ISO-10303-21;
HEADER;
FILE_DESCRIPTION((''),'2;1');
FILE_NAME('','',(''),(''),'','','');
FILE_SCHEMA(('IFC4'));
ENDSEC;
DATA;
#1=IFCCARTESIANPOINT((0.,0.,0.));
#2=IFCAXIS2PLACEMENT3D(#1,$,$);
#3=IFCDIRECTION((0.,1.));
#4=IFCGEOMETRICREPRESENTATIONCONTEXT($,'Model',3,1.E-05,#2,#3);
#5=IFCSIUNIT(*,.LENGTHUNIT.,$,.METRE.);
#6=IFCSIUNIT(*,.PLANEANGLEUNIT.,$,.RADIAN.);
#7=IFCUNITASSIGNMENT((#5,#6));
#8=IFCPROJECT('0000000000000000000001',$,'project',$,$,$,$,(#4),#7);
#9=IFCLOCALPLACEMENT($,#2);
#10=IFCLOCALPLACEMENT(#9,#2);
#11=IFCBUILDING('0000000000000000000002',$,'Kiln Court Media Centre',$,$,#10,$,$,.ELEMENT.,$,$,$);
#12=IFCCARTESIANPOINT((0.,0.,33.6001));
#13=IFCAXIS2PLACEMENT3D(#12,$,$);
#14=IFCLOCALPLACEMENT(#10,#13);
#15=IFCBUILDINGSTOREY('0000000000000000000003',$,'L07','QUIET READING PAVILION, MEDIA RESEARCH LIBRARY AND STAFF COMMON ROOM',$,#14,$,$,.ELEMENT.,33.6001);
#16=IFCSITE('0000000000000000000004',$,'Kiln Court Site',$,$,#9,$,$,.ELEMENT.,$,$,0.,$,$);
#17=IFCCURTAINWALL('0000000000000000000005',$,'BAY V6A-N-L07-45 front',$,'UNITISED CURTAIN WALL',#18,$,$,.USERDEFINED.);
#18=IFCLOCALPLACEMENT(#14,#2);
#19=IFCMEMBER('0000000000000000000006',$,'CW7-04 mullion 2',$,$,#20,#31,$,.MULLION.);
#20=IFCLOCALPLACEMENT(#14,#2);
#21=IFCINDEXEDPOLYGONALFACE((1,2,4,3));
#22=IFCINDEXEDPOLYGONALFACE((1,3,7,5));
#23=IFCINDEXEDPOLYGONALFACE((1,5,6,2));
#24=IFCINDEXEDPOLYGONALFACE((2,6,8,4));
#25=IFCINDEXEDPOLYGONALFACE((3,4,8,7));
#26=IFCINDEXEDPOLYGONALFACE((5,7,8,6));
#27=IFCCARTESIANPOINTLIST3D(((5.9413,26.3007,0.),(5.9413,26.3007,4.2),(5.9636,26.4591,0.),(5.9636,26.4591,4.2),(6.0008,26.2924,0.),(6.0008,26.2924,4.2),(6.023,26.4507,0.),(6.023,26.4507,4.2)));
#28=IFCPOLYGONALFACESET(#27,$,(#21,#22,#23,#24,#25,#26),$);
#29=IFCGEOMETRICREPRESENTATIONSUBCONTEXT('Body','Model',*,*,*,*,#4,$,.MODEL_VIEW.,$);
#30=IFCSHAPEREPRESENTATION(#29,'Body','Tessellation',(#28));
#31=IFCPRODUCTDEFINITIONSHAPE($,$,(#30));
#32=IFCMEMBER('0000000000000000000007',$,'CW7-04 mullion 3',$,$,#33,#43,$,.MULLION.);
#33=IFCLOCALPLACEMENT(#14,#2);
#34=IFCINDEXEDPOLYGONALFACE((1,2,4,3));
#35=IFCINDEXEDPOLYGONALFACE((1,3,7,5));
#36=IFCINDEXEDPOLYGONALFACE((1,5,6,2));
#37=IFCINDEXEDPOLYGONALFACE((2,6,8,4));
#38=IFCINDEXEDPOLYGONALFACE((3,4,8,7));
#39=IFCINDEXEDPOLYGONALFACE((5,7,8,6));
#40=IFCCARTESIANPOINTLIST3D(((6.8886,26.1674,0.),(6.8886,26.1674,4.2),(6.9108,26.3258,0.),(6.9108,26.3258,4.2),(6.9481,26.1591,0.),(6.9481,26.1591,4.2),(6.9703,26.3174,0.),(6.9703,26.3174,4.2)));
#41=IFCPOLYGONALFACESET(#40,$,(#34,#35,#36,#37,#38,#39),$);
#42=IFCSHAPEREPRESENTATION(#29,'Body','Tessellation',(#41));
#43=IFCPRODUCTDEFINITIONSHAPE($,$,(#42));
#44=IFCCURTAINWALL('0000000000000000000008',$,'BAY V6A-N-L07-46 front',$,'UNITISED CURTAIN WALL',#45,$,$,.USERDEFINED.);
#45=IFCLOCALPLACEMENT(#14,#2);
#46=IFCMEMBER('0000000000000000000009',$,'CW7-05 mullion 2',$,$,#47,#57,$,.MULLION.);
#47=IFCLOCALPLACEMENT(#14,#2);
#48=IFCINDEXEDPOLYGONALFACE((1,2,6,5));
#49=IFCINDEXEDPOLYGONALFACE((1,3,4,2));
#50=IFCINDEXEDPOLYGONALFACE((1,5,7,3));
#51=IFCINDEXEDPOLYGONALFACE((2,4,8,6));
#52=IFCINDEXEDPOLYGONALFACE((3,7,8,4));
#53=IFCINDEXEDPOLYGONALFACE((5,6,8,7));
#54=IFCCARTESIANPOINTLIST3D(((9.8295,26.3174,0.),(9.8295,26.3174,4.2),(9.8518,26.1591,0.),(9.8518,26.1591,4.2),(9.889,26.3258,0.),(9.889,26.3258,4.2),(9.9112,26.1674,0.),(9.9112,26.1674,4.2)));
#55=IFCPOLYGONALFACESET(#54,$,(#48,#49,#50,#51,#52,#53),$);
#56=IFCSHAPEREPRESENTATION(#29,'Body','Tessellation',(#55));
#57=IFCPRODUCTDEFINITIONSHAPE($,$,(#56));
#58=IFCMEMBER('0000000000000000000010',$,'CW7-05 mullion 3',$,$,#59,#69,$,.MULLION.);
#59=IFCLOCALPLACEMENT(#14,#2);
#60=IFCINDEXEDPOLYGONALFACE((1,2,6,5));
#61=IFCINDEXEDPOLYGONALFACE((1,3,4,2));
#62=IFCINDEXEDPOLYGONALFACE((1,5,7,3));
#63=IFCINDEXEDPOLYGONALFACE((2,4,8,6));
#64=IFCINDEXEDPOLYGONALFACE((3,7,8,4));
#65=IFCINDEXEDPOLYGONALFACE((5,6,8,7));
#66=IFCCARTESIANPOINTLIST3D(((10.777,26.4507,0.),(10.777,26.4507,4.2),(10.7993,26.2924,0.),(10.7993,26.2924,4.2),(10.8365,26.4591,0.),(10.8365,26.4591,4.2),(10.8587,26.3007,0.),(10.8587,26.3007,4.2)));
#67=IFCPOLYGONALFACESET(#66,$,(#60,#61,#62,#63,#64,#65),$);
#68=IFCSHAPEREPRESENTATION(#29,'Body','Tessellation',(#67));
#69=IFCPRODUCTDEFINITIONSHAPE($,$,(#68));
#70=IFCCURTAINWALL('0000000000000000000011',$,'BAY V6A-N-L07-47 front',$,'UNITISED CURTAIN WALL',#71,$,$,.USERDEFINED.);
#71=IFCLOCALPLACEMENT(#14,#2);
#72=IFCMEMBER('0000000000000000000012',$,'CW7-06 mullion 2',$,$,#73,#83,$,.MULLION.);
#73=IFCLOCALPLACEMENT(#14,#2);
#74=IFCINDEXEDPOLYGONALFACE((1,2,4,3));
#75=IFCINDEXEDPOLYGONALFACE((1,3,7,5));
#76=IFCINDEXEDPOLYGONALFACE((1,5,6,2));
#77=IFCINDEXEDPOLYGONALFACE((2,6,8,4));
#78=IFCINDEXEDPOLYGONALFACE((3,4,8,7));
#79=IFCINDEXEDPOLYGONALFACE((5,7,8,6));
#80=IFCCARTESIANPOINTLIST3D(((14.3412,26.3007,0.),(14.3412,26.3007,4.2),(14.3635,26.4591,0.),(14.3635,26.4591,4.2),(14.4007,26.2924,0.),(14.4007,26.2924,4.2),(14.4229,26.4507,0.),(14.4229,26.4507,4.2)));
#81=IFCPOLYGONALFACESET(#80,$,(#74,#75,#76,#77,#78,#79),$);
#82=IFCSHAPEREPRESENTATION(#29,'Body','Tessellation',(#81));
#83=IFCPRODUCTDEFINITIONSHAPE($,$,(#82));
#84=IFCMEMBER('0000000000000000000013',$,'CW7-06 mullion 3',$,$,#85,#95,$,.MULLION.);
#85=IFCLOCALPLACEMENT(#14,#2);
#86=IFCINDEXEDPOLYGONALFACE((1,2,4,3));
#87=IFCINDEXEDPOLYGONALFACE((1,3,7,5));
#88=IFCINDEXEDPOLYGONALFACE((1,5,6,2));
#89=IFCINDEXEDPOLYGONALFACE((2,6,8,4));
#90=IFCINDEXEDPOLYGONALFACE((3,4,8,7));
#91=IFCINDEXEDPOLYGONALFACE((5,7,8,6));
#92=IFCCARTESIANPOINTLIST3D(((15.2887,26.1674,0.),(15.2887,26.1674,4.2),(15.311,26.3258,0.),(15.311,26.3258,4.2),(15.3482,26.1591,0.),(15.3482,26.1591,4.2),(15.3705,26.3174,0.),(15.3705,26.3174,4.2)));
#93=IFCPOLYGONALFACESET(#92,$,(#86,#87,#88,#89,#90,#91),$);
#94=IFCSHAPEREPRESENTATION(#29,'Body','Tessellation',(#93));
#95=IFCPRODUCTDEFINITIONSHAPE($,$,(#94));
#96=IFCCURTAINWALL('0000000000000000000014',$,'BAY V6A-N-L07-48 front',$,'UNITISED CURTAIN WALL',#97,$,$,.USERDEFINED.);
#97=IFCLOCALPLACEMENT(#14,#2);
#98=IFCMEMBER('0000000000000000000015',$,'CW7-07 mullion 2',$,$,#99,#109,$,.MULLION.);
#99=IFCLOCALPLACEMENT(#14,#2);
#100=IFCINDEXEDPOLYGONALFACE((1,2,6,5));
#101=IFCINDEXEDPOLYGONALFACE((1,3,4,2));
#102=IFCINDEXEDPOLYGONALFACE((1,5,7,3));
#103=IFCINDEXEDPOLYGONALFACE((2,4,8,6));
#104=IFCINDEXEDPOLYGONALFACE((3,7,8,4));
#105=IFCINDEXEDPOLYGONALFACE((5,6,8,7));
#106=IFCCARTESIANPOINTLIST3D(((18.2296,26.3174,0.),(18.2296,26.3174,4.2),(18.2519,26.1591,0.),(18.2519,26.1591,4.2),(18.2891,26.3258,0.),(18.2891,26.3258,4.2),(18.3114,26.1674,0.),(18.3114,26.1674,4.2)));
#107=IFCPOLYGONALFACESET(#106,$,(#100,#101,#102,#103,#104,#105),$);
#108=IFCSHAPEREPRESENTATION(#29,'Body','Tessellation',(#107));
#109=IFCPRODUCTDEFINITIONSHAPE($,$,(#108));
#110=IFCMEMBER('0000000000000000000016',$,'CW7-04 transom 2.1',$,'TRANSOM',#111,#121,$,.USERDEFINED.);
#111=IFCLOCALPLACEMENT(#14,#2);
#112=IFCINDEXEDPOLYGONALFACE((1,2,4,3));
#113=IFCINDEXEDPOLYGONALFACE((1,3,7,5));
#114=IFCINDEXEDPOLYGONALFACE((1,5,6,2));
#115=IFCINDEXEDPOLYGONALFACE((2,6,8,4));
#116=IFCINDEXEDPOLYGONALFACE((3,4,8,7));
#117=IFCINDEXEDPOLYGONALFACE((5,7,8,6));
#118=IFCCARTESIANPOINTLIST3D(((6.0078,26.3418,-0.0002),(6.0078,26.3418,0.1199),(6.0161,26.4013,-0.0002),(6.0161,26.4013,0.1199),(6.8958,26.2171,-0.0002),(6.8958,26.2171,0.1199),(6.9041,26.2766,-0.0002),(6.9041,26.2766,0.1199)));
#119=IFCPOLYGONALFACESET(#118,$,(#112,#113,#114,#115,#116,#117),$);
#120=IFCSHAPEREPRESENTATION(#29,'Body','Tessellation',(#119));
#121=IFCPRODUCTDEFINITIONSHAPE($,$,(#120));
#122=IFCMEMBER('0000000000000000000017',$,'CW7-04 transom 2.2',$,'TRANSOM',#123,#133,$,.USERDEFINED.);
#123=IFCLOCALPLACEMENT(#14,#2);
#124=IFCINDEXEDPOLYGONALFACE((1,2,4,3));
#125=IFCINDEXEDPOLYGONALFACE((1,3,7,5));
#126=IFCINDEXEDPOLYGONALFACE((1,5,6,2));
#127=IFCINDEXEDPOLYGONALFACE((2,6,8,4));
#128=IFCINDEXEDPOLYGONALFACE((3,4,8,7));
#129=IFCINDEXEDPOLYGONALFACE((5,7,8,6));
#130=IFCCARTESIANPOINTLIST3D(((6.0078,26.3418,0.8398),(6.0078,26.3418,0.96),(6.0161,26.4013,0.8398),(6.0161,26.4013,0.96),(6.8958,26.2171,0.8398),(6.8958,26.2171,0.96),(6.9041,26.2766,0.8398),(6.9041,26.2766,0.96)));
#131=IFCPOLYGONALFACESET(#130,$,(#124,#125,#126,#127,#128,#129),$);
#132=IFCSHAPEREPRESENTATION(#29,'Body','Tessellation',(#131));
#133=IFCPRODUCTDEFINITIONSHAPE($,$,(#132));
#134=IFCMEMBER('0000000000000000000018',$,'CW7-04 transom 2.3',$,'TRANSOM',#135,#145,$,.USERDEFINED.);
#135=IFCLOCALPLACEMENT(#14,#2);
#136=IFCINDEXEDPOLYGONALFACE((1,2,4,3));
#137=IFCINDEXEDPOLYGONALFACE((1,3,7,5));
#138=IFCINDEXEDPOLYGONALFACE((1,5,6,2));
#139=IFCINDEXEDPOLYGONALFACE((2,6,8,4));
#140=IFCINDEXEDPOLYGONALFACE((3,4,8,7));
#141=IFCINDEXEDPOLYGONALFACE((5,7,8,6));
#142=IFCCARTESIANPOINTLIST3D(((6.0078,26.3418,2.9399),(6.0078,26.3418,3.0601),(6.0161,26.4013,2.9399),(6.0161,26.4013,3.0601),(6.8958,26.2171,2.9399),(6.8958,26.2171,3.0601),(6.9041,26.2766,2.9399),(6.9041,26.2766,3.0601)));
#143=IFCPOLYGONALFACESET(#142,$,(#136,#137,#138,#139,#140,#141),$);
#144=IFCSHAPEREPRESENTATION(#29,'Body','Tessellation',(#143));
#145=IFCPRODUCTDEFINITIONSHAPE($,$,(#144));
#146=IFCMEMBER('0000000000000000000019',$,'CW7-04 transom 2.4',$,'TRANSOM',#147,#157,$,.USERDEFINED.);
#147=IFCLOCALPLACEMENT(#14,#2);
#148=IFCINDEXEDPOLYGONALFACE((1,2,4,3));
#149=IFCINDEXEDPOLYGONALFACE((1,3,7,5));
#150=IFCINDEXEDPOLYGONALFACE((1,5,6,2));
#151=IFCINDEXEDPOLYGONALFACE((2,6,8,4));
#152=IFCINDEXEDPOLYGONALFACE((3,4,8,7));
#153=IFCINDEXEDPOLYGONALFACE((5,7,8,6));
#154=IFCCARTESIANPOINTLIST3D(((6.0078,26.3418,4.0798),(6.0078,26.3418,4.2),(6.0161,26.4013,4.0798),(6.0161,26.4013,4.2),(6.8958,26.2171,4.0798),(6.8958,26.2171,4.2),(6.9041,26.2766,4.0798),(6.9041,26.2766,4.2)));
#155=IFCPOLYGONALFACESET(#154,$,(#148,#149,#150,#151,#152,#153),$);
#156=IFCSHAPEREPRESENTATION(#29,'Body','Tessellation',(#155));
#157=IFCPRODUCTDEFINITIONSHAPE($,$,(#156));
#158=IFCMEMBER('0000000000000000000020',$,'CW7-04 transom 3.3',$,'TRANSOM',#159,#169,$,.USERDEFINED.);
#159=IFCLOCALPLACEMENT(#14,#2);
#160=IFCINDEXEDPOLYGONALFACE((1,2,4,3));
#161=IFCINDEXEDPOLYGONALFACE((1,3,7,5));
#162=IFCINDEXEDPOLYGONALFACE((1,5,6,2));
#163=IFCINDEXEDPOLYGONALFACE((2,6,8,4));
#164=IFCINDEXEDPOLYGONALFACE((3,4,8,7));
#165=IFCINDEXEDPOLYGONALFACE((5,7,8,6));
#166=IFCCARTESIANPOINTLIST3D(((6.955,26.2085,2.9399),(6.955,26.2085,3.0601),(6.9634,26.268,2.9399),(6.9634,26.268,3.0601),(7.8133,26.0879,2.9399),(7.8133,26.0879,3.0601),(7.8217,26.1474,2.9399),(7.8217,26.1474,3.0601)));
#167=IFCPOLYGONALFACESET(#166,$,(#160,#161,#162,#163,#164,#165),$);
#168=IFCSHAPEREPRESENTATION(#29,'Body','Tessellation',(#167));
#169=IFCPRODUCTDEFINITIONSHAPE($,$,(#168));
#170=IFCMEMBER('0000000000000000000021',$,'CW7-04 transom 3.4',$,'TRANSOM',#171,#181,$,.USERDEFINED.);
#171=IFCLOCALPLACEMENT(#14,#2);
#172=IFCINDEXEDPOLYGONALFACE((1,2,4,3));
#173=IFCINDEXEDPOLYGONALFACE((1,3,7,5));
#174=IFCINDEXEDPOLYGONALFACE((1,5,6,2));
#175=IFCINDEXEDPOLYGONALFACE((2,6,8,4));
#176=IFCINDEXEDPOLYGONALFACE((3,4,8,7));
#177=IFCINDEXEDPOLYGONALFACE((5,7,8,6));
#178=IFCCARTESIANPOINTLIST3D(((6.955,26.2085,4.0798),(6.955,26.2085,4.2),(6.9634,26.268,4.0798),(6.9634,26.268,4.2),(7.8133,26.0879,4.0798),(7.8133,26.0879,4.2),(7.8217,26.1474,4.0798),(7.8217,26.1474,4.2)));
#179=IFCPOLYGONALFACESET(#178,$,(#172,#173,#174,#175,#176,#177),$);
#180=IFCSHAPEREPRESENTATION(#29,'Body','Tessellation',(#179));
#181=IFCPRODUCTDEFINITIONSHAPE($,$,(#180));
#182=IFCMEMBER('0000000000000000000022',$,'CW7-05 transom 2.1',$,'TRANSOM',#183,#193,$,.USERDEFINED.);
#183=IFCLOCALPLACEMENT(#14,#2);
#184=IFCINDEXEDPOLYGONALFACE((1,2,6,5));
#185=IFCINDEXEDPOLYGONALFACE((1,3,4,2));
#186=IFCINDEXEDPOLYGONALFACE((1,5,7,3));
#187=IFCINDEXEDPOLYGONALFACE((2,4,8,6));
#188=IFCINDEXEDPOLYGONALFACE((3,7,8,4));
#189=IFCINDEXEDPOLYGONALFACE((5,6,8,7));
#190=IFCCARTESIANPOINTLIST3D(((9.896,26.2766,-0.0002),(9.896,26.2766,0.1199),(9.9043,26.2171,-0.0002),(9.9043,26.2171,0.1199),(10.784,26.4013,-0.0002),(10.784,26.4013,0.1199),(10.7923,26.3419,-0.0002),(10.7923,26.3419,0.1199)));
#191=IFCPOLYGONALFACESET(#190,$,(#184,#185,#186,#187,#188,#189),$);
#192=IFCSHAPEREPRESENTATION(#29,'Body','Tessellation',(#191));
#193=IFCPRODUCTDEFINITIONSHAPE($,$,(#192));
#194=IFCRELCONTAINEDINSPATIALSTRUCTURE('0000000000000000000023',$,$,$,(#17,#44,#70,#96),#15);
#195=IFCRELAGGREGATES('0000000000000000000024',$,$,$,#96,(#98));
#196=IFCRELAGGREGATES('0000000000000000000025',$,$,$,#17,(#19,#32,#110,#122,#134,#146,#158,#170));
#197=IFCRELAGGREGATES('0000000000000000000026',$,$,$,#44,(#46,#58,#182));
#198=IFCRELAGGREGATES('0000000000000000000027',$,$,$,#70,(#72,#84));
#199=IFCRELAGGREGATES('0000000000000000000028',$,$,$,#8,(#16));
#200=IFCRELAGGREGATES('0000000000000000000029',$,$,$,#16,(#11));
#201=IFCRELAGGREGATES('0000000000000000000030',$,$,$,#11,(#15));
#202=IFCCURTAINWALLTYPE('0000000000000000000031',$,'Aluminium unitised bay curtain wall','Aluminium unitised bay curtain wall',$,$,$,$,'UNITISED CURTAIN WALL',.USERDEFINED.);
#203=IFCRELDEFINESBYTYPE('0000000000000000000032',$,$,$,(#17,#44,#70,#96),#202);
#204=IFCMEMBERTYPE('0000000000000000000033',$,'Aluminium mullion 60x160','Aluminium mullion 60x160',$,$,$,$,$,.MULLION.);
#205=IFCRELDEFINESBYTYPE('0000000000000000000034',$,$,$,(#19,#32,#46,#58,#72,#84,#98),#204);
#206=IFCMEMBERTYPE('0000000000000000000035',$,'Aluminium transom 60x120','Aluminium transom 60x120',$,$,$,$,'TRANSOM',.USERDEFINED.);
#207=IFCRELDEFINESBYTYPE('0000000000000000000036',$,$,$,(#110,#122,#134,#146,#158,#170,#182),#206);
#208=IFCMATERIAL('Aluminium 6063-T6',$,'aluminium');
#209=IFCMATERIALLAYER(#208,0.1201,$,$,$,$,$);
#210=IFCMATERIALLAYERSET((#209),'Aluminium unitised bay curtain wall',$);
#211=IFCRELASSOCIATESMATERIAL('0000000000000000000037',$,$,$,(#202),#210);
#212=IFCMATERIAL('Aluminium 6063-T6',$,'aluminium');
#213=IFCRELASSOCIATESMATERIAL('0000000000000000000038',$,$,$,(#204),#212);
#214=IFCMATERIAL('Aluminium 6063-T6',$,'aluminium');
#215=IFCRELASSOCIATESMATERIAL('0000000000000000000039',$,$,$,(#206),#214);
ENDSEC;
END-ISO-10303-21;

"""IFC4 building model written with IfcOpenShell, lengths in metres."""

from ifc_helpers import new_model, si_unit, direction, frame, origin, origin_2d, place, context, subcontext, project, spatial, rectangle, extrude, material, layer, layer_set, material_profile, profile_set, type_object, element, aggregate, save


model = new_model("IFC4")

# Units and contexts
model_context = context("Model", 3, precision=1e-05, world=origin(), true_north=direction((0.0, 1.0)))
body_context = subcontext(model_context, "Body", "Model", "MODEL_VIEW")
ifc_project = project(units=[si_unit("LENGTHUNIT", "METRE"), si_unit("PLANEANGLEUNIT", "RADIAN")], contexts=[model_context])

# Site, building, storey
site_placement = place(None, origin())
site = spatial("IfcSite", under=ifc_project, at=site_placement, Name="Kiln Court Site", CompositionType="ELEMENT", RefElevation=0.0)
building_placement = place(site_placement, origin())
building = spatial("IfcBuilding", under=site, at=building_placement, Name="Kiln Court Media Centre", CompositionType="ELEMENT")
storey_placement = place(building_placement, frame((0.0, 0.0, 33.6001)))
storey = spatial("IfcBuildingStorey", under=building, at=storey_placement, Name="L07", Description="QUIET READING PAVILION, MEDIA RESEARCH LIBRARY AND STAFF COMMON ROOM", CompositionType="ELEMENT", Elevation=33.6001)

# Curtain walls, members
ifc_material_1 = material(Name="Aluminium 6063-T6", Category="aluminium")
ifc_layer_1 = layer(ifc_material_1, 0.1201)
ifc_layer_set_1 = layer_set([ifc_layer_1], Name="Aluminium unitised bay curtain wall")
curtain_wall_type = type_object("IfcCurtainWallType", Name="Aluminium unitised bay curtain wall", Description="Aluminium unitised bay curtain wall", ElementType="UNITISED CURTAIN WALL", PredefinedType="USERDEFINED", material=ifc_layer_set_1)
curtain_wall_1_placement = place(storey_placement, origin())
curtain_wall_1 = element("IfcCurtainWall", 1, at=curtain_wall_1_placement, inside=storey, type_object=curtain_wall_type, Name="BAY V6A-N-L07-45 front", ObjectType="UNITISED CURTAIN WALL", PredefinedType="USERDEFINED")
ifc_material_2 = material(Name="Aluminium 6063-T6", Category="aluminium")
ifc_material_profile_1 = material_profile(ifc_material_2, rectangle(XDim=0.0601, YDim=0.1599, at=origin_2d()), Name="Aluminium mullion 60x160")
ifc_profile_set_1 = profile_set([ifc_material_profile_1], Name="Aluminium 6063-T6")
member_type_1 = type_object("IfcMemberType", Name="Aluminium mullion 60x160", Description="Aluminium mullion 60x160", PredefinedType="MULLION", material=ifc_profile_set_1)
member_1_placement = place(storey_placement, frame((5.9822, 26.3757, 0.0), z_axis=(0.0, 0.0, 1.0), x_axis=(0.99027, -0.139162, 0.0)))
member_1 = element("IfcMember", 2, at=member_1_placement, type_object=member_type_1, Name="CW7-04 mullion 2", PredefinedType="MULLION", context=body_context, shape_type="SweptSolid", body=[
    extrude(rectangle(XDim=0.0601, YDim=0.1599, at=origin_2d()), origin(), (0.0, 0.0, 1.0), 4.2),
])
member_2_placement = place(storey_placement, frame((6.9294, 26.2424, 0.0), z_axis=(0.0, 0.0, 1.0), x_axis=(0.99027, -0.139162, 0.0)))
member_2 = element("IfcMember", 3, at=member_2_placement, type_object=member_type_1, Name="CW7-04 mullion 3", PredefinedType="MULLION", context=body_context, shape_type="SweptSolid", body=[
    extrude(rectangle(XDim=0.0601, YDim=0.1599, at=origin_2d()), origin(), (0.0, 0.0, 1.0), 4.2),
])
curtain_wall_2_placement = place(storey_placement, origin())
curtain_wall_2 = element("IfcCurtainWall", 4, at=curtain_wall_2_placement, inside=storey, type_object=curtain_wall_type, Name="BAY V6A-N-L07-46 front", ObjectType="UNITISED CURTAIN WALL", PredefinedType="USERDEFINED")
member_3_placement = place(storey_placement, frame((9.8704, 26.2424, 0.0), z_axis=(0.0, 0.0, 1.0), x_axis=(0.99027, 0.139162, 0.0)))
member_3 = element("IfcMember", 5, at=member_3_placement, type_object=member_type_1, Name="CW7-05 mullion 2", PredefinedType="MULLION", context=body_context, shape_type="SweptSolid", body=[
    extrude(rectangle(XDim=0.0601, YDim=0.1599, at=origin_2d()), origin(), (0.0, 0.0, 1.0), 4.2),
])
member_4_placement = place(storey_placement, frame((10.8179, 26.3757, 0.0), z_axis=(0.0, 0.0, 1.0), x_axis=(0.99027, 0.139162, 0.0)))
member_4 = element("IfcMember", 6, at=member_4_placement, type_object=member_type_1, Name="CW7-05 mullion 3", PredefinedType="MULLION", context=body_context, shape_type="SweptSolid", body=[
    extrude(rectangle(XDim=0.0601, YDim=0.1599, at=origin_2d()), origin(), (0.0, 0.0, 1.0), 4.2),
])
curtain_wall_3_placement = place(storey_placement, origin())
curtain_wall_3 = element("IfcCurtainWall", 7, at=curtain_wall_3_placement, inside=storey, type_object=curtain_wall_type, Name="BAY V6A-N-L07-47 front", ObjectType="UNITISED CURTAIN WALL", PredefinedType="USERDEFINED")
member_5_placement = place(storey_placement, frame((14.3821, 26.3757, 0.0), z_axis=(0.0, 0.0, 1.0), x_axis=(0.99027, -0.139162, 0.0)))
member_5 = element("IfcMember", 8, at=member_5_placement, type_object=member_type_1, Name="CW7-06 mullion 2", PredefinedType="MULLION", context=body_context, shape_type="SweptSolid", body=[
    extrude(rectangle(XDim=0.0601, YDim=0.1599, at=origin_2d()), origin(), (0.0, 0.0, 1.0), 4.2),
])
member_6_placement = place(storey_placement, frame((15.3296, 26.2424, 0.0), z_axis=(0.0, 0.0, 1.0), x_axis=(0.99027, -0.139162, 0.0)))
member_6 = element("IfcMember", 9, at=member_6_placement, type_object=member_type_1, Name="CW7-06 mullion 3", PredefinedType="MULLION", context=body_context, shape_type="SweptSolid", body=[
    extrude(rectangle(XDim=0.0601, YDim=0.1599, at=origin_2d()), origin(), (0.0, 0.0, 1.0), 4.2),
])

# Curtain wall, member
curtain_wall_4_placement = place(storey_placement, origin())
curtain_wall_4 = element("IfcCurtainWall", 10, at=curtain_wall_4_placement, inside=storey, type_object=curtain_wall_type, Name="BAY V6A-N-L07-48 front", ObjectType="UNITISED CURTAIN WALL", PredefinedType="USERDEFINED")
member_7_placement = place(storey_placement, frame((18.2705, 26.2424, 0.0), z_axis=(0.0, 0.0, 1.0), x_axis=(0.99027, 0.139162, 0.0)))
member_7 = element("IfcMember", 11, at=member_7_placement, type_object=member_type_1, Name="CW7-07 mullion 2", PredefinedType="MULLION", context=body_context, shape_type="SweptSolid", body=[
    extrude(rectangle(XDim=0.0601, YDim=0.1599, at=origin_2d()), origin(), (0.0, 0.0, 1.0), 4.2),
])

# Members
ifc_material_3 = material(Name="Aluminium 6063-T6", Category="aluminium")
ifc_material_profile_2 = material_profile(ifc_material_3, rectangle(XDim=0.0601, YDim=0.1201, at=origin_2d()), Name="Aluminium transom 60x120")
ifc_profile_set_2 = profile_set([ifc_material_profile_2], Name="Aluminium 6063-T6")
member_type_2 = type_object("IfcMemberType", Name="Aluminium transom 60x120", Description="Aluminium transom 60x120", ElementType="TRANSOM", PredefinedType="USERDEFINED", material=ifc_profile_set_2)
member_8_placement = place(storey_placement, frame((6.012, 26.3716, 0.0598), z_axis=(0.990274, -0.139134, 0.0), x_axis=(0.139134, 0.990274, 0.0)))
member_8 = element("IfcMember", 12, at=member_8_placement, type_object=member_type_2, Name="CW7-04 transom 2.1", ObjectType="TRANSOM", PredefinedType="USERDEFINED", context=body_context, shape_type="SweptSolid", body=[
    extrude(rectangle(XDim=0.0601, YDim=0.1201, at=origin_2d()), origin(), (0.0, 0.0, 1.0), 0.8967),
])
member_9_placement = place(storey_placement, frame((6.012, 26.3716, 0.8999), z_axis=(0.990274, -0.139134, 0.0), x_axis=(0.139134, 0.990274, 0.0)))
member_9 = element("IfcMember", 13, at=member_9_placement, type_object=member_type_2, Name="CW7-04 transom 2.2", ObjectType="TRANSOM", PredefinedType="USERDEFINED", context=body_context, shape_type="SweptSolid", body=[
    extrude(rectangle(XDim=0.0601, YDim=0.1201, at=origin_2d()), origin(), (0.0, 0.0, 1.0), 0.8967),
])
member_10_placement = place(storey_placement, frame((6.012, 26.3716, 3.0), z_axis=(0.990274, -0.139134, 0.0), x_axis=(0.139134, 0.990274, 0.0)))
member_10 = element("IfcMember", 14, at=member_10_placement, type_object=member_type_2, Name="CW7-04 transom 2.3", ObjectType="TRANSOM", PredefinedType="USERDEFINED", context=body_context, shape_type="SweptSolid", body=[
    extrude(rectangle(XDim=0.0601, YDim=0.1201, at=origin_2d()), origin(), (0.0, 0.0, 1.0), 0.8967),
])
member_11_placement = place(storey_placement, frame((6.012, 26.3716, 4.1399), z_axis=(0.990274, -0.139134, 0.0), x_axis=(0.139134, 0.990274, 0.0)))
member_11 = element("IfcMember", 15, at=member_11_placement, type_object=member_type_2, Name="CW7-04 transom 2.4", ObjectType="TRANSOM", PredefinedType="USERDEFINED", context=body_context, shape_type="SweptSolid", body=[
    extrude(rectangle(XDim=0.0601, YDim=0.1201, at=origin_2d()), origin(), (0.0, 0.0, 1.0), 0.8967),
])
member_12_placement = place(storey_placement, frame((6.9592, 26.2383, 3.0), z_axis=(0.990268, -0.139173, 0.0), x_axis=(0.139173, 0.990268, 0.0)))
member_12 = element("IfcMember", 16, at=member_12_placement, type_object=member_type_2, Name="CW7-04 transom 3.3", ObjectType="TRANSOM", PredefinedType="USERDEFINED", context=body_context, shape_type="SweptSolid", body=[
    extrude(rectangle(XDim=0.0601, YDim=0.1201, at=origin_2d()), origin(), (0.0, 0.0, 1.0), 0.8667),
])
member_13_placement = place(storey_placement, frame((6.9592, 26.2383, 4.1399), z_axis=(0.990268, -0.139173, 0.0), x_axis=(0.139173, 0.990268, 0.0)))
member_13 = element("IfcMember", 17, at=member_13_placement, type_object=member_type_2, Name="CW7-04 transom 3.4", ObjectType="TRANSOM", PredefinedType="USERDEFINED", context=body_context, shape_type="SweptSolid", body=[
    extrude(rectangle(XDim=0.0601, YDim=0.1201, at=origin_2d()), origin(), (0.0, 0.0, 1.0), 0.8667),
])
member_14_placement = place(storey_placement, frame((9.9001, 26.2468, 0.0598), z_axis=(0.990274, 0.139134, 0.0), x_axis=(-0.139134, 0.990274, 0.0)))
member_14 = element("IfcMember", 18, at=member_14_placement, type_object=member_type_2, Name="CW7-05 transom 2.1", ObjectType="TRANSOM", PredefinedType="USERDEFINED", context=body_context, shape_type="SweptSolid", body=[
    extrude(rectangle(XDim=0.0601, YDim=0.1201, at=origin_2d()), origin(), (0.0, 0.0, 1.0), 0.8967),
])
aggregate(curtain_wall_4, [member_7])

aggregate(curtain_wall_1, [member_1, member_2, member_8, member_9, member_10, member_11, member_12, member_13])
aggregate(curtain_wall_2, [member_3, member_4, member_14])
aggregate(curtain_wall_3, [member_5, member_6])

save(model, "model.ifc")
